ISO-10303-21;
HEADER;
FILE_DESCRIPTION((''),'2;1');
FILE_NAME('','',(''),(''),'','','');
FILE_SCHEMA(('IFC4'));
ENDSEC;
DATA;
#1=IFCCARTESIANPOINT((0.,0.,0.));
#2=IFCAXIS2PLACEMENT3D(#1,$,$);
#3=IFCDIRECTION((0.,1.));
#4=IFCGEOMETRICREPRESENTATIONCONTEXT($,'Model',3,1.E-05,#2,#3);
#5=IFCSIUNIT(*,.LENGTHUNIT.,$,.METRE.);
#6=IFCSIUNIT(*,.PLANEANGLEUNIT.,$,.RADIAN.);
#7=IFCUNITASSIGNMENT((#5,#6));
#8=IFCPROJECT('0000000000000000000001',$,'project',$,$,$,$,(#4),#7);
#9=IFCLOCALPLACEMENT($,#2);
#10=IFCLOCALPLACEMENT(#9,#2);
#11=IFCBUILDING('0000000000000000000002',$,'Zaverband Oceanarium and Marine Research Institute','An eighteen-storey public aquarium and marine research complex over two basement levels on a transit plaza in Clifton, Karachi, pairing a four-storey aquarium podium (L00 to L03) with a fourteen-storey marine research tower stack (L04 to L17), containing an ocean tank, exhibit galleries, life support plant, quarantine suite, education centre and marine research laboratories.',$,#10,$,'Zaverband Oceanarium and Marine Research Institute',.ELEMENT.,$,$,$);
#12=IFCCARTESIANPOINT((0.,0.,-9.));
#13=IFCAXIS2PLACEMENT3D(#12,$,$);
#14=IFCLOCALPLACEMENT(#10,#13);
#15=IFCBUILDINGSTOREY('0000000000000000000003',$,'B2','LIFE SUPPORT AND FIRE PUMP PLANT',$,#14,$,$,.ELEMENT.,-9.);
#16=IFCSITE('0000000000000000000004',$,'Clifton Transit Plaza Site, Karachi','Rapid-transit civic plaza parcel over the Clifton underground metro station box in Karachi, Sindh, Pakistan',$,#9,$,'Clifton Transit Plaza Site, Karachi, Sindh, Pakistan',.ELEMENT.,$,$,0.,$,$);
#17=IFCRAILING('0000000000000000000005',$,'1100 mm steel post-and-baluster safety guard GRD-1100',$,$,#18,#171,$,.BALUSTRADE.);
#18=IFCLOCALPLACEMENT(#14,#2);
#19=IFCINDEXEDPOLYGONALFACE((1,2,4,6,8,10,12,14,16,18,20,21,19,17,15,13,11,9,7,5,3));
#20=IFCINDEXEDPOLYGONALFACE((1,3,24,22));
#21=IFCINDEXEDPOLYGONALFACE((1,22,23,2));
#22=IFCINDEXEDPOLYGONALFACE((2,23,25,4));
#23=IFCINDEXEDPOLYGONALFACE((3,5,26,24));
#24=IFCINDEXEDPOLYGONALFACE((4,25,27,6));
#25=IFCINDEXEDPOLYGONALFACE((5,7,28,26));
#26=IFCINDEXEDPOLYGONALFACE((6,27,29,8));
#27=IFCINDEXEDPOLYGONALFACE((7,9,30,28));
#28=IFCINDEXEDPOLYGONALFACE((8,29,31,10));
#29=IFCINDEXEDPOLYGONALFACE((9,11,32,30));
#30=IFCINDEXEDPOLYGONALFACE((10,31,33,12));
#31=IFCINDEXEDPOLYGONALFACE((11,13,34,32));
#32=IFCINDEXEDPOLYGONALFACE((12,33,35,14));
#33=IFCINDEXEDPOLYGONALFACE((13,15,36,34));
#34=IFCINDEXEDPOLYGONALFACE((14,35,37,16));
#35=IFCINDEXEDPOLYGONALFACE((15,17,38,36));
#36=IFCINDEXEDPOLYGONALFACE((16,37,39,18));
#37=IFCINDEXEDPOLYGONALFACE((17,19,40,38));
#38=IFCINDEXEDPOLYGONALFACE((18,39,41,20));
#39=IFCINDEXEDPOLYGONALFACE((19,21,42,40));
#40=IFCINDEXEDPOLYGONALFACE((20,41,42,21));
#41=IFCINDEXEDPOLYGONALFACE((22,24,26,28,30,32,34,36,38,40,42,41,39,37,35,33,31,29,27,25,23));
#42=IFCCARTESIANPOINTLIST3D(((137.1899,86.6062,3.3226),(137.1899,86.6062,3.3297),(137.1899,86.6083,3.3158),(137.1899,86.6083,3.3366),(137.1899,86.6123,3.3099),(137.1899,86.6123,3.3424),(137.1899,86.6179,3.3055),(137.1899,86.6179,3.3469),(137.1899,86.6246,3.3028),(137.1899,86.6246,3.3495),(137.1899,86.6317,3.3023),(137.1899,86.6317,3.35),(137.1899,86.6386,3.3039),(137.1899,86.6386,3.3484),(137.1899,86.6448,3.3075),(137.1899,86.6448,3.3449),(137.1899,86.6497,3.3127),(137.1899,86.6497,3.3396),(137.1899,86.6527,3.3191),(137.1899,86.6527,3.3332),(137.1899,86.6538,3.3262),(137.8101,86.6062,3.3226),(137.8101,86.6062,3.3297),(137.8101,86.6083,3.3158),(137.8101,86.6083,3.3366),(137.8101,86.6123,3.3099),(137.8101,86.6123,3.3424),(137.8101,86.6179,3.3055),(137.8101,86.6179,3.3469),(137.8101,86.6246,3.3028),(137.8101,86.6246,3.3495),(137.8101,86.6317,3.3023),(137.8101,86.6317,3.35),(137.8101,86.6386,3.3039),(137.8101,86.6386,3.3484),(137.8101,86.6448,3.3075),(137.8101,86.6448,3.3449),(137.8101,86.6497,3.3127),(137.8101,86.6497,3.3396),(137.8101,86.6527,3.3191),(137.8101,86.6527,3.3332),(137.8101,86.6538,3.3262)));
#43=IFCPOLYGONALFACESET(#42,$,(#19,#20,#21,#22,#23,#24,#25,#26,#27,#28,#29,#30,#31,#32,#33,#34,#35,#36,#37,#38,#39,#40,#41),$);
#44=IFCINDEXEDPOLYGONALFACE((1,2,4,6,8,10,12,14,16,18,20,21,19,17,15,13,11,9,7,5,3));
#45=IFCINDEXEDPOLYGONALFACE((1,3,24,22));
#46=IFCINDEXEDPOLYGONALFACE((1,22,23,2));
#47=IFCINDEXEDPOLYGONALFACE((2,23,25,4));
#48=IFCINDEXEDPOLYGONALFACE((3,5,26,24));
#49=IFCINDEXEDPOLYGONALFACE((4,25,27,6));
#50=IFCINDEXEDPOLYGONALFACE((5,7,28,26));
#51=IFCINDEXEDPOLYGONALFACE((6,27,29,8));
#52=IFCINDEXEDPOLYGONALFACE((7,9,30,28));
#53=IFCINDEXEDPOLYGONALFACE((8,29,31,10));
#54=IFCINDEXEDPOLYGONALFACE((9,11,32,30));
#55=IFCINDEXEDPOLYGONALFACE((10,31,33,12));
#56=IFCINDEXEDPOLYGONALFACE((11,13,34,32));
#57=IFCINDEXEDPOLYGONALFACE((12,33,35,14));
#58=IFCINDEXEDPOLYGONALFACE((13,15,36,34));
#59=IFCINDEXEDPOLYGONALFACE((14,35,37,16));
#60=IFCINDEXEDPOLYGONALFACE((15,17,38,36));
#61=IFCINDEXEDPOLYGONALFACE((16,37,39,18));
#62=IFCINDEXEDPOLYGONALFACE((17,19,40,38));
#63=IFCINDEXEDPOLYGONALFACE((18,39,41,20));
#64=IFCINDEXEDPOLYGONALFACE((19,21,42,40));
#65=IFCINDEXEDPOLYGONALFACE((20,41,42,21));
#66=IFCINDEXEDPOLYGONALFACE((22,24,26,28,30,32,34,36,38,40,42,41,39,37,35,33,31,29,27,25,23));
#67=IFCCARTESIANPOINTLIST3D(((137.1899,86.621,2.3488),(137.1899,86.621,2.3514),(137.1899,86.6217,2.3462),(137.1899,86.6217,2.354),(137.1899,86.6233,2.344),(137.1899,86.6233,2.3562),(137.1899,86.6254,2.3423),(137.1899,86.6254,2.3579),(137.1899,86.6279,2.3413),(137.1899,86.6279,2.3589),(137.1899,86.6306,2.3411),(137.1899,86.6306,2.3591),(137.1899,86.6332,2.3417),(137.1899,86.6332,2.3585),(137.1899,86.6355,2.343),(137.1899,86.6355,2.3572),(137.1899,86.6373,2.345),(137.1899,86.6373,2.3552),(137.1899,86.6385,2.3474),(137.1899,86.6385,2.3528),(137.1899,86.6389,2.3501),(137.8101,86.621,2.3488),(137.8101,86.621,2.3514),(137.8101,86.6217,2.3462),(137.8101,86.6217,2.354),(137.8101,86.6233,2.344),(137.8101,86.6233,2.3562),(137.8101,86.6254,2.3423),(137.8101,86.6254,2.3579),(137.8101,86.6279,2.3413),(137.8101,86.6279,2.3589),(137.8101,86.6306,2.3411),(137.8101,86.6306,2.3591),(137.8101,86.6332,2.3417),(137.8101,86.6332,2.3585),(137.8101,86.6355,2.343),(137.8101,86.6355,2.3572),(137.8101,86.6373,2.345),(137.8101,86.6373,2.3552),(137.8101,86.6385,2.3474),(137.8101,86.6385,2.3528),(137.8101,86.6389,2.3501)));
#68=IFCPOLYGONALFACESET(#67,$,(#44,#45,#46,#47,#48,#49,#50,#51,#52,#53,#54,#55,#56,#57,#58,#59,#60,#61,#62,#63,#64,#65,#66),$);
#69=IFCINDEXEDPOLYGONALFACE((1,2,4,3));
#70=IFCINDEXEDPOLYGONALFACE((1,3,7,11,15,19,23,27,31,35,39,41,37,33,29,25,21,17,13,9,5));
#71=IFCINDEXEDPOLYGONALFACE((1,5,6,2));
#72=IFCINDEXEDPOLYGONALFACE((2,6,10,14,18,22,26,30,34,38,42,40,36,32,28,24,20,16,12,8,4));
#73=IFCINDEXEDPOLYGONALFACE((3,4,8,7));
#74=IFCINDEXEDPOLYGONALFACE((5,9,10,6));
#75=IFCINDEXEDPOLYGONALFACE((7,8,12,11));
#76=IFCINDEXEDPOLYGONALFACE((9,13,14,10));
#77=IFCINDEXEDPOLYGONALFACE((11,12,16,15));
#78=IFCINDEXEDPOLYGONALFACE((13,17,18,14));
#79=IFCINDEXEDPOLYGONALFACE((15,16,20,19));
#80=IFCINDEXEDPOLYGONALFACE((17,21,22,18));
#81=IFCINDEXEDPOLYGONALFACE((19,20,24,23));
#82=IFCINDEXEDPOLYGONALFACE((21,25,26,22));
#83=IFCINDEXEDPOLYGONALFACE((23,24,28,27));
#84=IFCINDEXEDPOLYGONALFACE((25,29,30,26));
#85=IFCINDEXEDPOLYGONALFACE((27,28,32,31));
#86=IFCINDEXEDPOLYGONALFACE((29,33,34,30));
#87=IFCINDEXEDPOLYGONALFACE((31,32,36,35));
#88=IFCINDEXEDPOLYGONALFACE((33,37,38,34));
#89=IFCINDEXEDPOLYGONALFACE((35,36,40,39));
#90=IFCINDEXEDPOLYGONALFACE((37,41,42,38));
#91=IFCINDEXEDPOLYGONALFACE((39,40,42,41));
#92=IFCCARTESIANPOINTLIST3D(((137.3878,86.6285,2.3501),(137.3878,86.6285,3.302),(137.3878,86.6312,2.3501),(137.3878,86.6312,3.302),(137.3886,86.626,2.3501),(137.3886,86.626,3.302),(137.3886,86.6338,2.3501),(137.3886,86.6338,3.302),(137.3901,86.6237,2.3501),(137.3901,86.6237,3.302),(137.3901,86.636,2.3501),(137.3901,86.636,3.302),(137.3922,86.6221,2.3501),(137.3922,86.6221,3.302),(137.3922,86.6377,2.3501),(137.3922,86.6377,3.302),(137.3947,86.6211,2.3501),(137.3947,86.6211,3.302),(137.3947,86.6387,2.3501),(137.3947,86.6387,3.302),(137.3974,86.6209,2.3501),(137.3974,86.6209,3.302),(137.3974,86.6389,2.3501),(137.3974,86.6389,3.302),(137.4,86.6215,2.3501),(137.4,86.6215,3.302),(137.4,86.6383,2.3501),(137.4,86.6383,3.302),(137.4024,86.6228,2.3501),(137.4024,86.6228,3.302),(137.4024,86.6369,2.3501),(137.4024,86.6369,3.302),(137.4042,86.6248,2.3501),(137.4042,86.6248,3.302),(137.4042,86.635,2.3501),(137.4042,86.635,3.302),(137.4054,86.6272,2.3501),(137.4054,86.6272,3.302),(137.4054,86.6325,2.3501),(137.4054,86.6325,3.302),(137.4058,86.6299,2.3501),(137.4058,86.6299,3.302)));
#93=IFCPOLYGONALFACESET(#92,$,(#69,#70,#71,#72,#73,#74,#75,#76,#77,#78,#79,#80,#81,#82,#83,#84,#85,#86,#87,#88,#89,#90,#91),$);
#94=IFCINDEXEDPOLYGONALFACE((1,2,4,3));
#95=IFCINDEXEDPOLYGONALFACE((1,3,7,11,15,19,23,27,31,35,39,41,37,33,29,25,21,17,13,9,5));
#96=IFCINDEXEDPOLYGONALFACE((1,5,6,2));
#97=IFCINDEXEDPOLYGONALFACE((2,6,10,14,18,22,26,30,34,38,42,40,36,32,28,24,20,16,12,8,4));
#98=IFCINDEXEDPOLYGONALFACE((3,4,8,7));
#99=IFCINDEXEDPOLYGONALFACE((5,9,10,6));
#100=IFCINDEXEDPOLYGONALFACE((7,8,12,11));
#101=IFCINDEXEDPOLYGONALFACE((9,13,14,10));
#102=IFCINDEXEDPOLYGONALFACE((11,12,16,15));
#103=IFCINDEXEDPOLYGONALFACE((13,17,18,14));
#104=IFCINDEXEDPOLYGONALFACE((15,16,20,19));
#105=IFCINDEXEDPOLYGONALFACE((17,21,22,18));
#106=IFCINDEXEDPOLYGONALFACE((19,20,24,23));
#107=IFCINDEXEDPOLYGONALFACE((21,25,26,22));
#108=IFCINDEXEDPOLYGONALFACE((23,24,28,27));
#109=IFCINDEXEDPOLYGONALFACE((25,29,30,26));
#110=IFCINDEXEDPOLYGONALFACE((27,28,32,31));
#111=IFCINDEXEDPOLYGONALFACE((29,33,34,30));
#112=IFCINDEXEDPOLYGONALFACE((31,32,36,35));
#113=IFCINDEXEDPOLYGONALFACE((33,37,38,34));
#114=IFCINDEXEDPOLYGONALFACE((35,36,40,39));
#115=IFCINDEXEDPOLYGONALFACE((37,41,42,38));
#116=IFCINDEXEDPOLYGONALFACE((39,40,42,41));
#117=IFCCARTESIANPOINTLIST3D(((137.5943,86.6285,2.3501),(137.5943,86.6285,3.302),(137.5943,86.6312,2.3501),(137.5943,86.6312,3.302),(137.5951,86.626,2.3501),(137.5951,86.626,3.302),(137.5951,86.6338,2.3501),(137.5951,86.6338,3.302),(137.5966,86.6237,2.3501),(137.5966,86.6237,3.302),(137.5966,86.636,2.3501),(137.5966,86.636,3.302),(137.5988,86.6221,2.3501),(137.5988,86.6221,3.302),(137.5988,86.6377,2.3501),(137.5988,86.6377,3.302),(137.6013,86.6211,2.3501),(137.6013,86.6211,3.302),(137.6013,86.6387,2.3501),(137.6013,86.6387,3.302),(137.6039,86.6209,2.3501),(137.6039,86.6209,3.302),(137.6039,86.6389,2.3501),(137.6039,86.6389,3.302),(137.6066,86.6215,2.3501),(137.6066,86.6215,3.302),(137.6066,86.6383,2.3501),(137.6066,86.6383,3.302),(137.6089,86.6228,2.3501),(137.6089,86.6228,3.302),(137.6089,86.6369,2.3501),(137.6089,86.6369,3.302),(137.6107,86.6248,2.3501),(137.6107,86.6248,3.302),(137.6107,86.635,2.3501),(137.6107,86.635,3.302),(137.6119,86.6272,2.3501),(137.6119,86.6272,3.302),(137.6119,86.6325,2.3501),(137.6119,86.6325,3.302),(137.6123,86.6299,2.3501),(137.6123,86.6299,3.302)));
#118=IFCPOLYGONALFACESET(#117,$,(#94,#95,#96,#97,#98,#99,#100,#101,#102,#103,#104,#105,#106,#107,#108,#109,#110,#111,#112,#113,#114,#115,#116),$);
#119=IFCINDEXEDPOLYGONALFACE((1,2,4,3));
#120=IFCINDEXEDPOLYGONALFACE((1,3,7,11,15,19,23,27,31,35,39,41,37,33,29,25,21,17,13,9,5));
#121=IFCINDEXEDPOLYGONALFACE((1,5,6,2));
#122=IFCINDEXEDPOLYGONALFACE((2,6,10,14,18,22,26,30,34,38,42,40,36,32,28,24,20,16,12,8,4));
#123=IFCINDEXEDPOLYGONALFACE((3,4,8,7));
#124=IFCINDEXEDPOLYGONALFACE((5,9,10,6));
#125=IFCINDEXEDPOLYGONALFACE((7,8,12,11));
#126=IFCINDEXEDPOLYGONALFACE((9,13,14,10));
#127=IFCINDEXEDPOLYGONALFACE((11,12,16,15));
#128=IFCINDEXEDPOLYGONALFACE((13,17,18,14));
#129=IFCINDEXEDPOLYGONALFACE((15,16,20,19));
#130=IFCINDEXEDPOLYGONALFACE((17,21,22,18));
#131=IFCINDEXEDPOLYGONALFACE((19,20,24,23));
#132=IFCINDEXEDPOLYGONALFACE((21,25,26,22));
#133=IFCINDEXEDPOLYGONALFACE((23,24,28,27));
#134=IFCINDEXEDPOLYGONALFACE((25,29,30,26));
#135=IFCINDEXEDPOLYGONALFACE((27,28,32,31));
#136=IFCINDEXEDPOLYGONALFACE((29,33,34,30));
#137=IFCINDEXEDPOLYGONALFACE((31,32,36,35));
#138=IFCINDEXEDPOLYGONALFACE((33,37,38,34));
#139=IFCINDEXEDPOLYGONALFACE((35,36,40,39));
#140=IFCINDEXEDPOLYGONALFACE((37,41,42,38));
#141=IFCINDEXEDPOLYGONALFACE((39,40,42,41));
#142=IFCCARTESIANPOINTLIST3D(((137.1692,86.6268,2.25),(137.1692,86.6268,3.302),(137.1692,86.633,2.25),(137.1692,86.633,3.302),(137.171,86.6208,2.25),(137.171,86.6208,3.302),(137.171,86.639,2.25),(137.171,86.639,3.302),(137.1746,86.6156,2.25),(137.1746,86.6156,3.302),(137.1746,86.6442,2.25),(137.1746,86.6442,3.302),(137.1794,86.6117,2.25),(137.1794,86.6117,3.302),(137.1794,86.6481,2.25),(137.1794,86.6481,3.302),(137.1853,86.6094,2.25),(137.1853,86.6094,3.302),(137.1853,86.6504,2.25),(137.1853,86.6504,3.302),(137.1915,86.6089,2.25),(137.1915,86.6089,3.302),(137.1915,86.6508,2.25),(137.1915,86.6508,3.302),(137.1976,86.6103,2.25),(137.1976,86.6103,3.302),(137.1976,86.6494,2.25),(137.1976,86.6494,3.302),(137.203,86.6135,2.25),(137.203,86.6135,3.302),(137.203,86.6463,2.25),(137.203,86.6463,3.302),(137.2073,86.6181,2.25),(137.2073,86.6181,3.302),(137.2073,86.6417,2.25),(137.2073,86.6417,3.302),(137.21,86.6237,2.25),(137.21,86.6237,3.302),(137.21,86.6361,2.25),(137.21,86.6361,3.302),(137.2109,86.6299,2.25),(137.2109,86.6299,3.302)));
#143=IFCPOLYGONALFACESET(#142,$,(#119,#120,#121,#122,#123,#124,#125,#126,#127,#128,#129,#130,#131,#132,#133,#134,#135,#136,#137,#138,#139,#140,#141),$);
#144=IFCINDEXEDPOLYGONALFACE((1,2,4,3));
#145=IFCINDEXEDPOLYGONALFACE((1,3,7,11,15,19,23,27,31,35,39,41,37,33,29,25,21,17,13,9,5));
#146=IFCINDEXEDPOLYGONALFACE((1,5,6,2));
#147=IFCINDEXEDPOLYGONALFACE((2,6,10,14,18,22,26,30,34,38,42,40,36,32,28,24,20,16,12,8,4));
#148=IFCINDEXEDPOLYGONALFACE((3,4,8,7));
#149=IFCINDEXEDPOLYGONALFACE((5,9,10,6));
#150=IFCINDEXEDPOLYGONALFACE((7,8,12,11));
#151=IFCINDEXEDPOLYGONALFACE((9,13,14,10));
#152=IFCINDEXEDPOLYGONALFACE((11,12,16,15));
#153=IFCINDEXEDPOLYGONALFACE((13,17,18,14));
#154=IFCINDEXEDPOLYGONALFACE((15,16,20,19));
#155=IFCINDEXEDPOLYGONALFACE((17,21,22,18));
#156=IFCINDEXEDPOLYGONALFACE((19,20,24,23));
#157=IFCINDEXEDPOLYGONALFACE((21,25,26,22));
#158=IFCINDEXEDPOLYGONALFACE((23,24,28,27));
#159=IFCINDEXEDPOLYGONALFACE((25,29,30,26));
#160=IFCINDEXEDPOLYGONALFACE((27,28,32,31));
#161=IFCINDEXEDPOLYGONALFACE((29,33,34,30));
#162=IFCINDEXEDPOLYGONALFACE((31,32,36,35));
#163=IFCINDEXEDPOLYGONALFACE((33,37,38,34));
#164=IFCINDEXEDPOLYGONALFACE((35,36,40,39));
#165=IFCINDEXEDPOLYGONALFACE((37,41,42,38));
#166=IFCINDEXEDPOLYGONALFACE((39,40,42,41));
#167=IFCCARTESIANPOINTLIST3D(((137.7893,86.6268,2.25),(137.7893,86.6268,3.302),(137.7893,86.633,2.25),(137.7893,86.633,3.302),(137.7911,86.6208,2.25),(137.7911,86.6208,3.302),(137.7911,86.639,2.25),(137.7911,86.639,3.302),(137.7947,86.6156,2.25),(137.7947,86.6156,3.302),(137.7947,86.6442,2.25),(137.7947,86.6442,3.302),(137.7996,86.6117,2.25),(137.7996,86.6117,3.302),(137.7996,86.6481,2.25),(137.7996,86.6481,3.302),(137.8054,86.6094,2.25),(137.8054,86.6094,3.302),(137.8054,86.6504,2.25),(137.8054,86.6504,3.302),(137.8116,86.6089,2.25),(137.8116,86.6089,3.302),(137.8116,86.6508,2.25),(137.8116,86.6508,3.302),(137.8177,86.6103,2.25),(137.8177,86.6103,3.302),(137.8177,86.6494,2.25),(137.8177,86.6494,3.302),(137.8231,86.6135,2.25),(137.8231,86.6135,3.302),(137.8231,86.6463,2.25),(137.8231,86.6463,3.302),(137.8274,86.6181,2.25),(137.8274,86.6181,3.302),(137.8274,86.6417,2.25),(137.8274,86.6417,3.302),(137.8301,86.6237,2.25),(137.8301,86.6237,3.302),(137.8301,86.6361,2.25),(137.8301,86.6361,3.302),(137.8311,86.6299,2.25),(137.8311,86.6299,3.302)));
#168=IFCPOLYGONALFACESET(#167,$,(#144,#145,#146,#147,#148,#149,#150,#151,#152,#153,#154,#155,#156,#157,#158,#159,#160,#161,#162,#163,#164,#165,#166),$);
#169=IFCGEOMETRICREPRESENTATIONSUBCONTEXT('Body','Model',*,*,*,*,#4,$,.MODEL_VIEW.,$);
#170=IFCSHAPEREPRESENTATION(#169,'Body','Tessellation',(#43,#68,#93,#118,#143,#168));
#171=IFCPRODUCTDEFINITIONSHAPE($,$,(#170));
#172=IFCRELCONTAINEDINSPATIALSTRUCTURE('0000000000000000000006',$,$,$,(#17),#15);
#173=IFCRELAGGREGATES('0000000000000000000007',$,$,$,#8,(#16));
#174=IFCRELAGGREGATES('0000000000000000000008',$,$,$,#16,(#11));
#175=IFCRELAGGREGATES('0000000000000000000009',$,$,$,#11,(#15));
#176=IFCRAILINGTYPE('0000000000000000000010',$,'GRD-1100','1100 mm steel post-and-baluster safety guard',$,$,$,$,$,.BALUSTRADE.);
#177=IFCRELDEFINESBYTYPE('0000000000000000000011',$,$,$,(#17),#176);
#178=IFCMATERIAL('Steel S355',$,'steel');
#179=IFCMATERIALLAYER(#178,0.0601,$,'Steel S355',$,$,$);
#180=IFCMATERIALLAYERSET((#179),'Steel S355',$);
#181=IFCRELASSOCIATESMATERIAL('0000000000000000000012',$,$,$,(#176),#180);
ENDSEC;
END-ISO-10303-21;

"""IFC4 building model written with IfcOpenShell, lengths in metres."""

from ifc_helpers import new_model, si_unit, direction, frame, origin, origin_2d, place, context, subcontext, project, spatial, circle, extrude, material, layer, layer_set, type_object, element, save


model = new_model("IFC4")

# Units and contexts
model_context = context("Model", 3, precision=1e-05, world=origin(), true_north=direction((0.0, 1.0)))
body_context = subcontext(model_context, "Body", "Model", "MODEL_VIEW")
ifc_project = project(units=[si_unit("LENGTHUNIT", "METRE"), si_unit("PLANEANGLEUNIT", "RADIAN")], contexts=[model_context])

# Site, building, storey
site_placement = place(None, origin())
site = spatial("IfcSite", under=ifc_project, at=site_placement, Name="Clifton Transit Plaza Site, Karachi", Description="Rapid-transit civic plaza parcel over the Clifton underground metro station box in Karachi, Sindh, Pakistan", LongName="Clifton Transit Plaza Site, Karachi, Sindh, Pakistan", CompositionType="ELEMENT", RefElevation=0.0)
building_placement = place(site_placement, origin())
building = spatial("IfcBuilding", under=site, at=building_placement, Name="Zaverband Oceanarium and Marine Research Institute", Description="An eighteen-storey public aquarium and marine research complex over two basement levels on a transit plaza in Clifton, Karachi, pairing a four-storey aquarium podium (L00 to L03) with a fourteen-storey marine research tower stack (L04 to L17), containing an ocean tank, exhibit galleries, life support plant, quarantine suite, education centre and marine research laboratories.", LongName="Zaverband Oceanarium and Marine Research Institute", CompositionType="ELEMENT")
storey_placement = place(building_placement, frame((0.0, 0.0, -9.0)))
storey = spatial("IfcBuildingStorey", under=building, at=storey_placement, Name="B2", Description="LIFE SUPPORT AND FIRE PUMP PLANT", CompositionType="ELEMENT", Elevation=-9.0)

# Shared definitions
ifc_material_1 = material(Name="Steel S355", Category="steel")

# Railing
ifc_layer_1 = layer(ifc_material_1, 0.0601, Name="Steel S355")
ifc_layer_set_1 = layer_set([ifc_layer_1], Name="Steel S355")
railing_type_1 = type_object("IfcRailingType", Name="GRD-1100", Description="1100 mm steel post-and-baluster safety guard", PredefinedType="BALUSTRADE", material=ifc_layer_set_1)
railing_1_placement = place(storey_placement, frame((137.1899, 86.6299, 2.25)))
element("IfcRailing", 1, at=railing_1_placement, inside=storey, type_object=railing_type_1, Name="1100 mm steel post-and-baluster safety guard GRD-1100", PredefinedType="BALUSTRADE", context=body_context, shape_type="SweptSolid", body=[
    extrude(circle(Radius=0.0239, at=origin_2d()), frame((0.0, 0.0, 1.0762), z_axis=(1.0, 0.0, 0.0), x_axis=(0.0, 1.0, 0.0)), (0.0, 0.0, 1.0), 0.6201),
    extrude(circle(Radius=0.009, at=origin_2d()), frame((0.0, 0.0, 0.1001), z_axis=(1.0, 0.0, 0.0), x_axis=(0.0, 1.0, 0.0)), (0.0, 0.0, 1.0), 0.6201),
    extrude(circle(Radius=0.009, at=origin_2d()), frame((0.2068, 0.0, 0.1001)), (0.0, 0.0, 1.0), 0.9519),
    extrude(circle(Radius=0.009, at=origin_2d()), frame((0.4133, 0.0, 0.1001)), (0.0, 0.0, 1.0), 0.9519),
    extrude(circle(Radius=0.021, at=origin_2d()), origin(), (0.0, 0.0, 1.0), 1.052),
    extrude(circle(Radius=0.021, at=origin_2d()), frame((0.6201, 0.0, 0.0)), (0.0, 0.0, 1.0), 1.052),
])

save(model, "model.ifc")
